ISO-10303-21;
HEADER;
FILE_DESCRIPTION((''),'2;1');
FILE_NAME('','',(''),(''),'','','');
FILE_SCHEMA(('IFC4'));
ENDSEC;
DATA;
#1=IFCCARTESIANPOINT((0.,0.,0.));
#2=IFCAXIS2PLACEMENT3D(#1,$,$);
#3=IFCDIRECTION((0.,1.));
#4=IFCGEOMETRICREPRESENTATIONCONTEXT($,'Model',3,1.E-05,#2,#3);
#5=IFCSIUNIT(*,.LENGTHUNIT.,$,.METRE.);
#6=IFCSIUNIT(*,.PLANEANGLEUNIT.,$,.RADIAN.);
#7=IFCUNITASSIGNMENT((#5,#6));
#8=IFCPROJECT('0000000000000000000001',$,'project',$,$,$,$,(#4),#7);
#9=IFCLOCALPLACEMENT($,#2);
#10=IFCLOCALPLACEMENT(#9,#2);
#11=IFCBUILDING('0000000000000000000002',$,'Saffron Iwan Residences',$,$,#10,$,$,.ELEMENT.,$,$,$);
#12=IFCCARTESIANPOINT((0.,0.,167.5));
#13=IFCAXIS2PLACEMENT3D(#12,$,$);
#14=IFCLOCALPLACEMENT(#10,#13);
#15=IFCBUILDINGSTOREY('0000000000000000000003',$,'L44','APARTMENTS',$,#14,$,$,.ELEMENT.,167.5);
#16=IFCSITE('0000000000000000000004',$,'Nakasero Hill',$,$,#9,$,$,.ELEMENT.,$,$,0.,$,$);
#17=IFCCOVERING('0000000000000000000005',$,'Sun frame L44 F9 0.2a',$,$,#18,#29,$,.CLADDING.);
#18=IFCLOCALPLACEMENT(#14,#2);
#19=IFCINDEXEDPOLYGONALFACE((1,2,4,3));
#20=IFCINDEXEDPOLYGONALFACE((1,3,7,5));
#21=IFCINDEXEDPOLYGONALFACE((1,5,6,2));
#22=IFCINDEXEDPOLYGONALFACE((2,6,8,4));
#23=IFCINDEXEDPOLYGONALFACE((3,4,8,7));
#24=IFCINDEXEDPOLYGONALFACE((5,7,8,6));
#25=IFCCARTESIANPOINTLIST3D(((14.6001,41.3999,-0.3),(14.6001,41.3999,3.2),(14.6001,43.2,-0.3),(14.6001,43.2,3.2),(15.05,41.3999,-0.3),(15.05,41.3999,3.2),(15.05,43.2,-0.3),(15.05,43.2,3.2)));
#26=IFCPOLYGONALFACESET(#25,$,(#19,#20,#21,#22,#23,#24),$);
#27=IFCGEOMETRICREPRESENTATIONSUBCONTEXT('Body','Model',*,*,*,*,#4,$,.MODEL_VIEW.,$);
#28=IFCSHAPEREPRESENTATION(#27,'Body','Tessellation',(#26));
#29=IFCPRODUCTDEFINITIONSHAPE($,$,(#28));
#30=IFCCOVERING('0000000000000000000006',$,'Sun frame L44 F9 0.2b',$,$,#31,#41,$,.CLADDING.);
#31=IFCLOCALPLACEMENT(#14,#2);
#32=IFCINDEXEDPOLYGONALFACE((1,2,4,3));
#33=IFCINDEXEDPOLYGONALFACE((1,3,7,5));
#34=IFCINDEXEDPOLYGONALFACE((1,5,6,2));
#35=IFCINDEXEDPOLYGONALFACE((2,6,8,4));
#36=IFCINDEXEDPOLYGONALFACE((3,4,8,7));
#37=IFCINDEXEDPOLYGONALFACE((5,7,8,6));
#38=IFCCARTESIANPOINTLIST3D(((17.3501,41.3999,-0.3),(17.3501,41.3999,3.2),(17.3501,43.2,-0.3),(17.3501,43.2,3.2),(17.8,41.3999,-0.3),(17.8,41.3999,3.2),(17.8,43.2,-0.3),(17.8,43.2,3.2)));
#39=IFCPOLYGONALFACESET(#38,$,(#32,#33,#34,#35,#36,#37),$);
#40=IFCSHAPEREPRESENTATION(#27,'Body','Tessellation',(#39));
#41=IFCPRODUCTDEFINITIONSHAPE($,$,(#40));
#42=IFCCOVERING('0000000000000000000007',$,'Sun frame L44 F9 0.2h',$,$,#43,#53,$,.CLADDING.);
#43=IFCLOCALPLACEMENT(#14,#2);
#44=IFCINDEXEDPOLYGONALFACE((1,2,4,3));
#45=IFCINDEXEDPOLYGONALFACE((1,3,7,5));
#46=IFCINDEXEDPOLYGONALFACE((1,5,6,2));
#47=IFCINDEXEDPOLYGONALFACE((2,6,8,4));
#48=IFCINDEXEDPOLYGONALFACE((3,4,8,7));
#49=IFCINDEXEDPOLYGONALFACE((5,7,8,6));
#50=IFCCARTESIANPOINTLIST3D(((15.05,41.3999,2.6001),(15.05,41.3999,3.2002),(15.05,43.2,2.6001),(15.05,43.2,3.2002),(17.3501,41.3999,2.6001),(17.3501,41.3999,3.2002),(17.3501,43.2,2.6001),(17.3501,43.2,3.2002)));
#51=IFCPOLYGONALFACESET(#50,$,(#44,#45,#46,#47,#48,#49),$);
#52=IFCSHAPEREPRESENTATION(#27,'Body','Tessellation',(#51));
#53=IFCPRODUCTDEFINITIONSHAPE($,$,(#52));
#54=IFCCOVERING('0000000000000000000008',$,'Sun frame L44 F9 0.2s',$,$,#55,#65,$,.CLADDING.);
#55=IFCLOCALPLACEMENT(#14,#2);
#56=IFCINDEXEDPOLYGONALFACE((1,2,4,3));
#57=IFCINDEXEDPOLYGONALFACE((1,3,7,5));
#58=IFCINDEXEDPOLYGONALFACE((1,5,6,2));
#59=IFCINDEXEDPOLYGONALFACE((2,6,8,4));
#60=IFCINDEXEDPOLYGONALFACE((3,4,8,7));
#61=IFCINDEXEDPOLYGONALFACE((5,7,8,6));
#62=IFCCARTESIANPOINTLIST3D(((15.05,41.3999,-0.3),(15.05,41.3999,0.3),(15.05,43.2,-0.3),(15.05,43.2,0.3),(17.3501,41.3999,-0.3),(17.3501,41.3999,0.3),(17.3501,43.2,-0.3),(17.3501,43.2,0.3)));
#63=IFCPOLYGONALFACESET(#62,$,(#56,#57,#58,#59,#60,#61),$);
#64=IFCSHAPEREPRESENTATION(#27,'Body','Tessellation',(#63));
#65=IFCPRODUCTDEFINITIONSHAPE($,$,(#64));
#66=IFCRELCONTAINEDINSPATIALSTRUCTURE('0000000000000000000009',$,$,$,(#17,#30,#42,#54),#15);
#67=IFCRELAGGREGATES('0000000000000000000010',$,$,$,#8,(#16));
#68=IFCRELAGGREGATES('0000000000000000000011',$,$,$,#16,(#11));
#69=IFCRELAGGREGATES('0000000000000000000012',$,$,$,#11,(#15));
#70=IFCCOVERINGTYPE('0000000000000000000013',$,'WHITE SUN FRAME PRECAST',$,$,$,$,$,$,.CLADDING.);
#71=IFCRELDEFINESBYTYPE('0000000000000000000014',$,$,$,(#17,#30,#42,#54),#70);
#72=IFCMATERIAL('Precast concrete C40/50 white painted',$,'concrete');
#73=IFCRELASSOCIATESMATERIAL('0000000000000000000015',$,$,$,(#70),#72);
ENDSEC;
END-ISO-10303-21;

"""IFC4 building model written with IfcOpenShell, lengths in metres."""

from ifc_helpers import new_model, si_unit, direction, frame, origin, place, context, subcontext, project, spatial, polyline, outline, extrude, material, type_object, element, save


model = new_model("IFC4")

# Units and contexts
model_context = context("Model", 3, precision=1e-05, world=origin(), true_north=direction((0.0, 1.0)))
body_context = subcontext(model_context, "Body", "Model", "MODEL_VIEW")
ifc_project = project(units=[si_unit("LENGTHUNIT", "METRE"), si_unit("PLANEANGLEUNIT", "RADIAN")], contexts=[model_context])

# Site, building, storey
site_placement = place(None, origin())
site = spatial("IfcSite", under=ifc_project, at=site_placement, Name="Nakasero Hill", CompositionType="ELEMENT", RefElevation=0.0)
building_placement = place(site_placement, origin())
building = spatial("IfcBuilding", under=site, at=building_placement, Name="Saffron Iwan Residences", CompositionType="ELEMENT")
storey_placement = place(building_placement, frame((0.0, 0.0, 167.5)))
storey = spatial("IfcBuildingStorey", under=building, at=storey_placement, Name="L44", Description="APARTMENTS", CompositionType="ELEMENT", Elevation=167.5)

# Coverings
ifc_material_1 = material(Name="Precast concrete C40/50 white painted", Category="concrete")
covering_type_1 = type_object("IfcCoveringType", Name="WHITE SUN FRAME PRECAST", PredefinedType="CLADDING", material=ifc_material_1)
for number, where, z_axis, x_axis, name in (
    (1, (14.6001, 43.2, -0.3), (0.0, -1.0, 0.0), (1.0, 0.0, 0.0), "Sun frame L44 F9 0.2a"),
    (2, (17.3501, 43.2, -0.3), (0.0, -1.0, 0.0), (1.0, 0.0, 0.0), "Sun frame L44 F9 0.2b"),
):
    element("IfcCovering", number, at=place(storey_placement, frame(where, z_axis=z_axis, x_axis=x_axis)), inside=storey, type_object=covering_type_1, Name=name, PredefinedType="CLADDING", context=body_context, shape_type="SweptSolid", body=[
        extrude(outline(polyline([(0.0, 0.0), (0.45, 0.0), (0.45, 3.5), (0.0, 3.5), (0.0, 0.0)])), origin(), (0.0, 0.0, 1.0), 1.8),
    ])
for number, where, z_axis, x_axis, name in (
    (3, (15.05, 43.2, 2.6001), (0.0, -1.0, 0.0), (1.0, 0.0, 0.0), "Sun frame L44 F9 0.2h"),
    (4, (15.05, 43.2, -0.3), (0.0, -1.0, 0.0), (1.0, 0.0, 0.0), "Sun frame L44 F9 0.2s"),
):
    element("IfcCovering", number, at=place(storey_placement, frame(where, z_axis=z_axis, x_axis=x_axis)), inside=storey, type_object=covering_type_1, Name=name, PredefinedType="CLADDING", context=body_context, shape_type="SweptSolid", body=[
        extrude(outline(polyline([(0.0, 0.0), (2.3, 0.0), (2.3, 0.6001), (0.0, 0.6001), (0.0, 0.0)])), origin(), (0.0, 0.0, 1.0), 1.8),
    ])

save(model, "model.ifc")
